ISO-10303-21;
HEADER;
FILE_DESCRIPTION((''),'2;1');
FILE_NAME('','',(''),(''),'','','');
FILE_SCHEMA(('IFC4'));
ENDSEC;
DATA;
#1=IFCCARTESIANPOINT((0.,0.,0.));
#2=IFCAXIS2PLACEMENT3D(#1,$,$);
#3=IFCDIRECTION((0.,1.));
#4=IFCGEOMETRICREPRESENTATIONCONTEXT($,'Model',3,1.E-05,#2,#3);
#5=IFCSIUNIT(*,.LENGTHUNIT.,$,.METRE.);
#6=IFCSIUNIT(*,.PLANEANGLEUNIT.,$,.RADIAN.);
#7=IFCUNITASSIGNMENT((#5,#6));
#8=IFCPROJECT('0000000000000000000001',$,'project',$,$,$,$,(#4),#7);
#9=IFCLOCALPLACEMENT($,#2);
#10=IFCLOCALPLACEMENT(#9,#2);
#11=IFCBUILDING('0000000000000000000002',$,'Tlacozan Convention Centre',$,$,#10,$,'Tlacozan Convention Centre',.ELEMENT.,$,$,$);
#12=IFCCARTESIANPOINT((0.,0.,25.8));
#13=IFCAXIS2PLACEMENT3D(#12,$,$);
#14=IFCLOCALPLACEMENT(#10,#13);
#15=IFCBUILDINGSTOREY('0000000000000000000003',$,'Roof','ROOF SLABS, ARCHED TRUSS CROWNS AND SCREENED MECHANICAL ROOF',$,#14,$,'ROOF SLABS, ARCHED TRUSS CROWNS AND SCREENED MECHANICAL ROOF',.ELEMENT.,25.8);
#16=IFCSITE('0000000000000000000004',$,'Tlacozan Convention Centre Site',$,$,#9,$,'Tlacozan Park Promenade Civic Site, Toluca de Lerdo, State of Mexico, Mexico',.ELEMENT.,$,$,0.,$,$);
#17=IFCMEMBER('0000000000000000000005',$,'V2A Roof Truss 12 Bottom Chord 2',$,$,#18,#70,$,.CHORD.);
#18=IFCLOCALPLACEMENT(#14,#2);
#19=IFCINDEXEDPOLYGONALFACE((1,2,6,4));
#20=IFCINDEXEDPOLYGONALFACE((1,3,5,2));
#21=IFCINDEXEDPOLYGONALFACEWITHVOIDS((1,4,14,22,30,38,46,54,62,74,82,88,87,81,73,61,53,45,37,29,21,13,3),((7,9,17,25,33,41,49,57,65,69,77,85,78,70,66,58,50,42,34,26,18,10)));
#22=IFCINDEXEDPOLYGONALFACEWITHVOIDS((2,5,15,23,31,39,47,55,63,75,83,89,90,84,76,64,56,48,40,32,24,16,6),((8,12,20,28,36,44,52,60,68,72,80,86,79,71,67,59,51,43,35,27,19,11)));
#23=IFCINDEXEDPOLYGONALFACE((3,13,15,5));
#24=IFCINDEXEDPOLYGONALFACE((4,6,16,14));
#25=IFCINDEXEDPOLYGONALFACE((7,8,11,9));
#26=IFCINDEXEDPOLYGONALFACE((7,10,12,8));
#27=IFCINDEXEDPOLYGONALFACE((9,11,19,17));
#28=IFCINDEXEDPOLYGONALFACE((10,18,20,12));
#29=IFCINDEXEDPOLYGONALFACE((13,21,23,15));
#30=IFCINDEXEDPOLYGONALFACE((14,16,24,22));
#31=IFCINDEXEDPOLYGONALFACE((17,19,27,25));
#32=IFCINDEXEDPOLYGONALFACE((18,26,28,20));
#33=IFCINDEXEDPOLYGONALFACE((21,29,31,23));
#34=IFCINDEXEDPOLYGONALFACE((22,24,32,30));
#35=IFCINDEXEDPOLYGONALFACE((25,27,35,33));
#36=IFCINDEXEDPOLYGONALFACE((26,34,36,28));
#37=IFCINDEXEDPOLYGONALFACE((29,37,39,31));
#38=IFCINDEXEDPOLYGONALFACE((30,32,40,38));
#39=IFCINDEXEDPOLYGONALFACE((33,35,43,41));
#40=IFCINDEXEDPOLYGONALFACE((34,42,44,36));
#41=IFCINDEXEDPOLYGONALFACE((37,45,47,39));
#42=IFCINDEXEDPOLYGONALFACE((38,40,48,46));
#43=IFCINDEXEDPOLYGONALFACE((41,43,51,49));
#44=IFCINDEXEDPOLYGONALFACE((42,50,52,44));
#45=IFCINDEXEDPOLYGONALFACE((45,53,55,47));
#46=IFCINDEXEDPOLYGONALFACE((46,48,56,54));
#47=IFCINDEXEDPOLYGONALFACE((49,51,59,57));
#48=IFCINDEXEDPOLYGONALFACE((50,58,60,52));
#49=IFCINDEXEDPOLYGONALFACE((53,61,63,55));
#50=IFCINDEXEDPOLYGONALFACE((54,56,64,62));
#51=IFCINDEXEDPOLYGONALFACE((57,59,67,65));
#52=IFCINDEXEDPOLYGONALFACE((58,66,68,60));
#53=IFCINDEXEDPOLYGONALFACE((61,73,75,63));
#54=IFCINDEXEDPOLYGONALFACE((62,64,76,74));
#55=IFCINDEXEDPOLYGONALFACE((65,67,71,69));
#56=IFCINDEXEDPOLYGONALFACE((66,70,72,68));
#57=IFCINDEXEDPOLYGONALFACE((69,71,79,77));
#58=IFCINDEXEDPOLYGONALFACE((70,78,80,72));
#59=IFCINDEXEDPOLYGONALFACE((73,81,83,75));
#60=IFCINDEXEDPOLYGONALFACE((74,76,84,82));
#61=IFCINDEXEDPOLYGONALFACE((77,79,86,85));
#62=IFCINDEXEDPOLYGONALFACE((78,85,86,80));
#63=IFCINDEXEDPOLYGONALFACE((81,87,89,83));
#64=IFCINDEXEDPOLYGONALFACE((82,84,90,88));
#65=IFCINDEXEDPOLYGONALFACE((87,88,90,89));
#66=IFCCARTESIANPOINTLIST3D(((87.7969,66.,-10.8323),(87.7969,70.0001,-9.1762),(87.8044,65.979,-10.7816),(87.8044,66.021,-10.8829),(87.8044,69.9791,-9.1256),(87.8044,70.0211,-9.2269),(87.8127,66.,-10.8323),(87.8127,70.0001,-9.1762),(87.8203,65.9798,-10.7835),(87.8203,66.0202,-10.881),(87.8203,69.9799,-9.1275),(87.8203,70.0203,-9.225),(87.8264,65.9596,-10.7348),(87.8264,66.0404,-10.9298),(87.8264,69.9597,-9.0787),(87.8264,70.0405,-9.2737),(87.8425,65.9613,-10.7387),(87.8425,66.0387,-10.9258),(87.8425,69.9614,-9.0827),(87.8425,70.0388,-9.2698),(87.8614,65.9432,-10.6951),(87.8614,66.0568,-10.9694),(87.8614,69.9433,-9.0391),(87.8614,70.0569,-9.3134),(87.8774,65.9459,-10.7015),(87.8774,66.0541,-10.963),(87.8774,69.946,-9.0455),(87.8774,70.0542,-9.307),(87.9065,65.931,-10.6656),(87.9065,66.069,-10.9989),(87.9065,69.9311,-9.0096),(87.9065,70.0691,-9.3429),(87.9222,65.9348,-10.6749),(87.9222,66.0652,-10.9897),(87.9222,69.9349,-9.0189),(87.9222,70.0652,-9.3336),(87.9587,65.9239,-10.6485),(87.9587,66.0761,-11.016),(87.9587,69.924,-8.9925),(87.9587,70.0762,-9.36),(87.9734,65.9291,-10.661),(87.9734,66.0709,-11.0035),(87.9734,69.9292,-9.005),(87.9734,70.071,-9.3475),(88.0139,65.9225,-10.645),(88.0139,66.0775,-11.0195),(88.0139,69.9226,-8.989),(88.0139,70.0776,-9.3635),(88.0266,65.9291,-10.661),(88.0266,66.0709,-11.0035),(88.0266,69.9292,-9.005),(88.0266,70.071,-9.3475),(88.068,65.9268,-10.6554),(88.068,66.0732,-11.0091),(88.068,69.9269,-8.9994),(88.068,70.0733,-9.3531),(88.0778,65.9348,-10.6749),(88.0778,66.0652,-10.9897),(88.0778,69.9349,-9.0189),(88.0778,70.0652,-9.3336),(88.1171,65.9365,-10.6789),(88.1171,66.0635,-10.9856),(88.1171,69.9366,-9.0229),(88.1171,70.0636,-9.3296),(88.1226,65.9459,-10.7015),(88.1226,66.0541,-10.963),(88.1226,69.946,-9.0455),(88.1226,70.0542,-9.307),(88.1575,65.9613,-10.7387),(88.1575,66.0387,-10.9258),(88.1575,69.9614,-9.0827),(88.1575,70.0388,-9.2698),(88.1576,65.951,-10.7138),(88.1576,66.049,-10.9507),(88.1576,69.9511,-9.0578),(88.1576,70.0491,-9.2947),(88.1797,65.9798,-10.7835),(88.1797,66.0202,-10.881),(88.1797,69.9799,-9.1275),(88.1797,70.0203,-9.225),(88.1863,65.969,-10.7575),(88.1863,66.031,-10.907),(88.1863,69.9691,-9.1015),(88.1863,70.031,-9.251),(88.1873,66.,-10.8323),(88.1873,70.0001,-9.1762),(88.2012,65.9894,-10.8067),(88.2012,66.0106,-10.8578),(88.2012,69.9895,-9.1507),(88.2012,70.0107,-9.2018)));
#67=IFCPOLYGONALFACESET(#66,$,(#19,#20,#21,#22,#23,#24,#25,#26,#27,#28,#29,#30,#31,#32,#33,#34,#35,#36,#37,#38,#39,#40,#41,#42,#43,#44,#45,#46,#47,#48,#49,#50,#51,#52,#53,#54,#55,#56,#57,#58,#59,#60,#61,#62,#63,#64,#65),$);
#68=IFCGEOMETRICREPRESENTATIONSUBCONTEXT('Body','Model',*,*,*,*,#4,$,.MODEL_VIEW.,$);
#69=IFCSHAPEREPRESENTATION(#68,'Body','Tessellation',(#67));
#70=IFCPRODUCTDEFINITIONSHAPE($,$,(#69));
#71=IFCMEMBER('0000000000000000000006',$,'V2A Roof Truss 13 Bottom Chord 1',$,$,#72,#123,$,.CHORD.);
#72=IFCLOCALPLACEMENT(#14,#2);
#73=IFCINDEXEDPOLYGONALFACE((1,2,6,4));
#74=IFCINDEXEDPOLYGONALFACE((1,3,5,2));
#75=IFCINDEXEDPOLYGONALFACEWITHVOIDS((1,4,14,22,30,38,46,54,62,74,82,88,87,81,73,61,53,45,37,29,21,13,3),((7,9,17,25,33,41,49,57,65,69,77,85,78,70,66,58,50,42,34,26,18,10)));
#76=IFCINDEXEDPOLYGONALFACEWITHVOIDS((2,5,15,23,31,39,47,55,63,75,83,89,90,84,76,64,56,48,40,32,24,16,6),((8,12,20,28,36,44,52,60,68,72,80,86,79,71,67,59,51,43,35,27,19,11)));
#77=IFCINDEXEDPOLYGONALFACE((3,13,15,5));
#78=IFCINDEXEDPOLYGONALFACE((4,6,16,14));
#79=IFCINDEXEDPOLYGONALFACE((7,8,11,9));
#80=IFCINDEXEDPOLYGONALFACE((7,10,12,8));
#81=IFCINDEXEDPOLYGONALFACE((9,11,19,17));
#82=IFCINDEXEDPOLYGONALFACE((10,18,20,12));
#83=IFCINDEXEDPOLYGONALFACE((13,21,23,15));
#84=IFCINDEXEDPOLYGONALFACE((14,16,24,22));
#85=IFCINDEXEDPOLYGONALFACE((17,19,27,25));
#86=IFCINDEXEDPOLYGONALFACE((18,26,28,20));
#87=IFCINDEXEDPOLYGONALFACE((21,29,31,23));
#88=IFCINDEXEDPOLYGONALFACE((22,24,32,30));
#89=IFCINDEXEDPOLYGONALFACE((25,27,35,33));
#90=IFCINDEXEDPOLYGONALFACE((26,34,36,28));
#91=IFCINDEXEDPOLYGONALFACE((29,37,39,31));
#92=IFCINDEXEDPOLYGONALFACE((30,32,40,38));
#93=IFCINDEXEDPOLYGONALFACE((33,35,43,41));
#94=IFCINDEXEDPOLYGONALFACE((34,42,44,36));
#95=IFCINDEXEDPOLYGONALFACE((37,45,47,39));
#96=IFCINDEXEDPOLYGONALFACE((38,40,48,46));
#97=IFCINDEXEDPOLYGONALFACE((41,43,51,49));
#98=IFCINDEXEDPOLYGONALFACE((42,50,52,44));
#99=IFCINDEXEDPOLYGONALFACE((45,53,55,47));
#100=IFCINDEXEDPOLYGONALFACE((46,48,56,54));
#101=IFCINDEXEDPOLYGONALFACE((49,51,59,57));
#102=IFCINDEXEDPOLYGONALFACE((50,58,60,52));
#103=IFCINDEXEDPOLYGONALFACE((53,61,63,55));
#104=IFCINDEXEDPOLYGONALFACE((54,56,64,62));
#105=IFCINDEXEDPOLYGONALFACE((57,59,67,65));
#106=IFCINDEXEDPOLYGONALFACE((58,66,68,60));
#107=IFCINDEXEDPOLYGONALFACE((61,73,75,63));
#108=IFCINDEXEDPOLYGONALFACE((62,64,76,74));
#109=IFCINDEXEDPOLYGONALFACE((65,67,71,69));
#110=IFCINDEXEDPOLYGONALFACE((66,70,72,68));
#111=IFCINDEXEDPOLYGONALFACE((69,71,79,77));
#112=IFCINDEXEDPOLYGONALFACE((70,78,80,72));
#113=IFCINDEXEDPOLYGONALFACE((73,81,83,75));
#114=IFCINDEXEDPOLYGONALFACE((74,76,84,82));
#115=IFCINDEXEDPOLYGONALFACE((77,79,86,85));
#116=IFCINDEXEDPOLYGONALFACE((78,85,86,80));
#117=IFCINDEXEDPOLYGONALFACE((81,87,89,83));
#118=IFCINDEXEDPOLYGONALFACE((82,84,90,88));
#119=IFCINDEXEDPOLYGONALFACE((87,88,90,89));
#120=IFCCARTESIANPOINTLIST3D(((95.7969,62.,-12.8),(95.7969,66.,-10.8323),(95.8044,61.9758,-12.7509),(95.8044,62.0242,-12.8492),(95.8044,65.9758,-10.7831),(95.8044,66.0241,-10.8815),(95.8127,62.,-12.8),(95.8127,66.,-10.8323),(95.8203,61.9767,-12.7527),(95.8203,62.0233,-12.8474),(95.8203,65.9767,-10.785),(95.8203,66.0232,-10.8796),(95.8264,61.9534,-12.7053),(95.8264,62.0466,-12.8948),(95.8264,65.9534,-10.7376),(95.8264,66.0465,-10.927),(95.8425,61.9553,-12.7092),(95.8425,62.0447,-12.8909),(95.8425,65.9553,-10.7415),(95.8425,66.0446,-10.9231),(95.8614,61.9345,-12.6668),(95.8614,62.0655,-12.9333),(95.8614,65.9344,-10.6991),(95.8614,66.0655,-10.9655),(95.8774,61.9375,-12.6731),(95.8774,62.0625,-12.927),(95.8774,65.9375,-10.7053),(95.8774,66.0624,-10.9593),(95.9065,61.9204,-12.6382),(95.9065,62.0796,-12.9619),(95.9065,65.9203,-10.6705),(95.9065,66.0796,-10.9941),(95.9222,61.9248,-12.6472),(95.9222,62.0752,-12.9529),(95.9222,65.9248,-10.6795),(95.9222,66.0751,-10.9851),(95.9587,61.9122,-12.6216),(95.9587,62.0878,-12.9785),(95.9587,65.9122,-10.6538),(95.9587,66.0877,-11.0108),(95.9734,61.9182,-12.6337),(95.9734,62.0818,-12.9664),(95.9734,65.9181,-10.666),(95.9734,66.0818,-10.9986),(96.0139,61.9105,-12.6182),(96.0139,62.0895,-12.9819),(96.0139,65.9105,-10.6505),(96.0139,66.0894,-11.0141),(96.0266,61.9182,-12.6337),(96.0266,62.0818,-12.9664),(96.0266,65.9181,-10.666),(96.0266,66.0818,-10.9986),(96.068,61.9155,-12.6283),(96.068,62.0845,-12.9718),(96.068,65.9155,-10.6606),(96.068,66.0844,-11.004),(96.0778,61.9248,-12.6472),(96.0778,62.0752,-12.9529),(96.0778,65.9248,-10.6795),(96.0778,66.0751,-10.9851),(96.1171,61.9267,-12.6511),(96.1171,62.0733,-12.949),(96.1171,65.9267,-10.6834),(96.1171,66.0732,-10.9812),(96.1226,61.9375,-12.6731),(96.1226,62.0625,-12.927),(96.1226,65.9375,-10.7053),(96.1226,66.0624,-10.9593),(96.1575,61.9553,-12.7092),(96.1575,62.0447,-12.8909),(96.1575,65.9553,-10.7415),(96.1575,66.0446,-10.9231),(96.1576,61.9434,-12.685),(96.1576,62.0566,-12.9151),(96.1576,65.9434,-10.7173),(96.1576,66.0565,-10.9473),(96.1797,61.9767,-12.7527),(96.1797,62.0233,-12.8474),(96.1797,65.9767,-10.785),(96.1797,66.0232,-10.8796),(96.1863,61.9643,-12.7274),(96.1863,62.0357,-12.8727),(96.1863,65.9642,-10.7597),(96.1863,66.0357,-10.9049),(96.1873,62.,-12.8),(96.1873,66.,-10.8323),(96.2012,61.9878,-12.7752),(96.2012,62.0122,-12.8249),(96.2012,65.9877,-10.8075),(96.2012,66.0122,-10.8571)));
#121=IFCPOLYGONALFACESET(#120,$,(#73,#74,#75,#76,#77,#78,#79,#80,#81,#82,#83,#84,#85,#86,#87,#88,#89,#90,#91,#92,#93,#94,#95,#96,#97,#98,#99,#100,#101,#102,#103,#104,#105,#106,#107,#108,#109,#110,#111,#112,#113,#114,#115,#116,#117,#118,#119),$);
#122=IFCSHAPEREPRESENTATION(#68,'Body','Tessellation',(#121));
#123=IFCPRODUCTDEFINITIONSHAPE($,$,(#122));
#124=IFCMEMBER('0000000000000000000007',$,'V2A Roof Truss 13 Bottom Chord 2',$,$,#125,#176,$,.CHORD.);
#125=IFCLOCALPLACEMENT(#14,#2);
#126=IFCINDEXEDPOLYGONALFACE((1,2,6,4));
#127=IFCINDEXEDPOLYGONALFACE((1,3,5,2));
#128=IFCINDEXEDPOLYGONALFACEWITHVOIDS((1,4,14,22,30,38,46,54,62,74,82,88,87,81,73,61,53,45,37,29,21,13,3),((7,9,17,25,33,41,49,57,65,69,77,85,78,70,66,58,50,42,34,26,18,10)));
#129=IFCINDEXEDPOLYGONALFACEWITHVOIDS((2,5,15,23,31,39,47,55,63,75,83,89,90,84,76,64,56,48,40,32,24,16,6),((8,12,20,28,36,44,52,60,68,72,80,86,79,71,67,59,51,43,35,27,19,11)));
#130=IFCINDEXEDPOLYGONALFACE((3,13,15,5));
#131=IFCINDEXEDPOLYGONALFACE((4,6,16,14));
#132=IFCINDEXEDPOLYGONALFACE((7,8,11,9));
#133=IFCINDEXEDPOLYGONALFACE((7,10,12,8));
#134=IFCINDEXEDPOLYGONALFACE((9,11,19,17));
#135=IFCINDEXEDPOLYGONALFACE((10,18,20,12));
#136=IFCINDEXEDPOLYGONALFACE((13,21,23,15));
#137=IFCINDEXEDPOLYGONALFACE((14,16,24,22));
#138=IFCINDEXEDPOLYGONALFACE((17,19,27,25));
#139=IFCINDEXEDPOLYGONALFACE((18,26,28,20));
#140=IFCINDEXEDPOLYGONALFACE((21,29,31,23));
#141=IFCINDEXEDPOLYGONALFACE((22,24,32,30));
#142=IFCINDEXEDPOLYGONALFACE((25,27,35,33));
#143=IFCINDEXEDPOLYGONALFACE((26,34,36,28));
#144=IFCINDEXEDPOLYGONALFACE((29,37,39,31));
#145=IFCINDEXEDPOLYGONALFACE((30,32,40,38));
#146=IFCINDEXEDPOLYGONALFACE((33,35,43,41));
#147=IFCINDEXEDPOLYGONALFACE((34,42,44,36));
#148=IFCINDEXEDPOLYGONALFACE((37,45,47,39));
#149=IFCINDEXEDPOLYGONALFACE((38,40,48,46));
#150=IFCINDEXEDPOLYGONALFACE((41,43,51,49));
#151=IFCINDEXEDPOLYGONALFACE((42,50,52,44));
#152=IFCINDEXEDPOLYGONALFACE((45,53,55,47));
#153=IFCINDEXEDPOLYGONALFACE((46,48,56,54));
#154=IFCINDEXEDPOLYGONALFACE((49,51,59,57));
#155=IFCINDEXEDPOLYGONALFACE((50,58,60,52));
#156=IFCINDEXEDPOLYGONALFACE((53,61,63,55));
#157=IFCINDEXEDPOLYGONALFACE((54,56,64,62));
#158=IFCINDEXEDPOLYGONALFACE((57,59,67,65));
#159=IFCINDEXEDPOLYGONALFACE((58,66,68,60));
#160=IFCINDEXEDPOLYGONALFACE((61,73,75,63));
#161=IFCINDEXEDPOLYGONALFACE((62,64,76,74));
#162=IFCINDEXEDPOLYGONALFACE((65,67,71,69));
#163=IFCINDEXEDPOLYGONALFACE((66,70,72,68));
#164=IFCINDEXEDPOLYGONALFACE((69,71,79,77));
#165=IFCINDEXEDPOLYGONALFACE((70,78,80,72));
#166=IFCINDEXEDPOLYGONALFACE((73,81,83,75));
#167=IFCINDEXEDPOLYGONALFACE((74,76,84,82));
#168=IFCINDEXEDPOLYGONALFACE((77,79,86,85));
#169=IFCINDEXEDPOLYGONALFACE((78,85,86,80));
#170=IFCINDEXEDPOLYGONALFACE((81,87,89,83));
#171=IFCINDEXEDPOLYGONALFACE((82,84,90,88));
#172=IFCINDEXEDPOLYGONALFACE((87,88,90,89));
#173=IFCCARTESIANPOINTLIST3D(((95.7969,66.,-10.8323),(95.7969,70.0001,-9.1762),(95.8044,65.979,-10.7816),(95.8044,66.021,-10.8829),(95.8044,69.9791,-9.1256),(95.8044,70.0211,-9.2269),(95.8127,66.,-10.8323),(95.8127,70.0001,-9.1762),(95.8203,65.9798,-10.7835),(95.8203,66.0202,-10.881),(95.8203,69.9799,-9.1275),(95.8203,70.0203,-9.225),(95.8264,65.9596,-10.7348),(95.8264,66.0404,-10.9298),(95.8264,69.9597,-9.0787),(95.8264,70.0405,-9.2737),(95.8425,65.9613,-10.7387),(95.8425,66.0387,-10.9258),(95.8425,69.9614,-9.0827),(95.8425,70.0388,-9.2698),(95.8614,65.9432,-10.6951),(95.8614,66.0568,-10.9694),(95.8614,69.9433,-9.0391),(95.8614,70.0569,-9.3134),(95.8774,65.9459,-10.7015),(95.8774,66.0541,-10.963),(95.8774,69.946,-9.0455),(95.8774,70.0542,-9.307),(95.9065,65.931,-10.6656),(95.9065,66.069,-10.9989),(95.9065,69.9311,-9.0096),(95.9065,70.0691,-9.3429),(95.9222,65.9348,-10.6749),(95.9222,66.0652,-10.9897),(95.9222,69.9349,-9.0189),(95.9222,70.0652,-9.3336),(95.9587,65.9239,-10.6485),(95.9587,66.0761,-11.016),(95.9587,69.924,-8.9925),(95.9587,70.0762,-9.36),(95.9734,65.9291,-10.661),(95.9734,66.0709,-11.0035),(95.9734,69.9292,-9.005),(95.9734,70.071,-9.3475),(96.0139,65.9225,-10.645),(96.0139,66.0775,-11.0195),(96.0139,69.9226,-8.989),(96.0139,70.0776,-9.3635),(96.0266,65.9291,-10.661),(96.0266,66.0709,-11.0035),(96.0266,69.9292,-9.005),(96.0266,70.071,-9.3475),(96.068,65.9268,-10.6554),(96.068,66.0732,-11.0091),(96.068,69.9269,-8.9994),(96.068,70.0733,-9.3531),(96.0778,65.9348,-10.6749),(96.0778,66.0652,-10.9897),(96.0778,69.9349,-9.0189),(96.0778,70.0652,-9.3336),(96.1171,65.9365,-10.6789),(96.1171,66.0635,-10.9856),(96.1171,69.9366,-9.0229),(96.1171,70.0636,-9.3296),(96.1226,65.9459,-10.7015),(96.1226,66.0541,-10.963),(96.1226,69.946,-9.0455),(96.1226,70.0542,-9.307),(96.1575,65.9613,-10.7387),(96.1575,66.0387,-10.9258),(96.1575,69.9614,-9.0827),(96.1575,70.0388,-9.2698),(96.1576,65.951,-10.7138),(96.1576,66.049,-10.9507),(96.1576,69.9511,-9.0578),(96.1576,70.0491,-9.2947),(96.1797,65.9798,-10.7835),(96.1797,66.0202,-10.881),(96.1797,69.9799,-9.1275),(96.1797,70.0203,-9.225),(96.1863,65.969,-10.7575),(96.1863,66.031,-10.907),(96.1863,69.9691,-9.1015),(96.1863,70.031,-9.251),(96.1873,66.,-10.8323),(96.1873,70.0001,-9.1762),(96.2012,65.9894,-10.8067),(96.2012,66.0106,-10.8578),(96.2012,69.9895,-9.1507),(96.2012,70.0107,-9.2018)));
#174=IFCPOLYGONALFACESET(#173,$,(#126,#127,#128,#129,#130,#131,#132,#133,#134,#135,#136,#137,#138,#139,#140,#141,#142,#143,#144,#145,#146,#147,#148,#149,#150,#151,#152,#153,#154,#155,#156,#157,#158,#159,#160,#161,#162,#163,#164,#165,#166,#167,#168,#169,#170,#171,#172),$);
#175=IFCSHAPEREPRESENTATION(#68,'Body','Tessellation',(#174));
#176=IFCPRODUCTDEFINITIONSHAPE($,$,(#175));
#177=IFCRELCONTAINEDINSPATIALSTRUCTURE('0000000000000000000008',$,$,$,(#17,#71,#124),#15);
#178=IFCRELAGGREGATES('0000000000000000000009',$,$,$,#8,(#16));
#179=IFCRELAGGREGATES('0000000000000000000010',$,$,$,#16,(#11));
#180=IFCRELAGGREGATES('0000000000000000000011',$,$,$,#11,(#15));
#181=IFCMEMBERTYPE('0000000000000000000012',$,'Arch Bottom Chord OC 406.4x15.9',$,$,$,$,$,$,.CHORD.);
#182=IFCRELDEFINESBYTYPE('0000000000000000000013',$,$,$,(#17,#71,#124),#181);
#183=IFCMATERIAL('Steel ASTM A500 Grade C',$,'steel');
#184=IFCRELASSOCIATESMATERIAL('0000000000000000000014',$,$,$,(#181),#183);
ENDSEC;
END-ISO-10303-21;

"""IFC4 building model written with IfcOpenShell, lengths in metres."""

from ifc_helpers import new_model, si_unit, direction, frame, origin, origin_2d, place, context, subcontext, project, spatial, hollow_circle, extrude, material, material_profile, profile_set, type_object, element, save


model = new_model("IFC4")

# Units and contexts
model_context = context("Model", 3, precision=1e-05, world=origin(), true_north=direction((0.0, 1.0)))
body_context = subcontext(model_context, "Body", "Model", "MODEL_VIEW")
ifc_project = project(units=[si_unit("LENGTHUNIT", "METRE"), si_unit("PLANEANGLEUNIT", "RADIAN")], contexts=[model_context])

# Site, building, storey
site_placement = place(None, origin())
site = spatial("IfcSite", under=ifc_project, at=site_placement, Name="Tlacozan Convention Centre Site", LongName="Tlacozan Park Promenade Civic Site, Toluca de Lerdo, State of Mexico, Mexico", CompositionType="ELEMENT", RefElevation=0.0)
building_placement = place(site_placement, origin())
building = spatial("IfcBuilding", under=site, at=building_placement, Name="Tlacozan Convention Centre", LongName="Tlacozan Convention Centre", CompositionType="ELEMENT")
storey_placement = place(building_placement, frame((0.0, 0.0, 25.8)))
storey = spatial("IfcBuildingStorey", under=building, at=storey_placement, Name="Roof", Description="ROOF SLABS, ARCHED TRUSS CROWNS AND SCREENED MECHANICAL ROOF", LongName="ROOF SLABS, ARCHED TRUSS CROWNS AND SCREENED MECHANICAL ROOF", CompositionType="ELEMENT", Elevation=25.8)

# Members
ifc_material_1 = material(Name="Steel ASTM A500 Grade C", Category="steel")
ifc_material_profile_1 = material_profile(ifc_material_1, hollow_circle(Radius=0.2031, WallThickness=0.0159, at=origin_2d()), Name="OC 406.4x15.9")
ifc_profile_set_1 = profile_set([ifc_material_profile_1], Name="Steel ASTM A500 Grade C")
member_type_1 = type_object("IfcMemberType", Name="Arch Bottom Chord OC 406.4x15.9", PredefinedType="CHORD", material=ifc_profile_set_1)
member_1_placement = place(storey_placement, frame((88.0, 66.0, -10.8323), z_axis=(0.0, 0.923949, 0.382516), x_axis=(-1.0, 0.0, 0.0)))
element("IfcMember", 1, at=member_1_placement, inside=storey, type_object=member_type_1, Name="V2A Roof Truss 12 Bottom Chord 2", PredefinedType="CHORD", context=body_context, shape_type="SweptSolid", body=[
    extrude(hollow_circle(Radius=0.2031, WallThickness=0.0159, at=origin_2d()), origin(), (0.0, 0.0, 1.0), 4.3293),
])
member_2_placement = place(storey_placement, frame((96.0, 62.0, -12.8), z_axis=(0.0, 0.8973, 0.441421), x_axis=(-1.0, 0.0, 0.0)))
element("IfcMember", 2, at=member_2_placement, inside=storey, type_object=member_type_1, Name="V2A Roof Truss 13 Bottom Chord 1", PredefinedType="CHORD", context=body_context, shape_type="SweptSolid", body=[
    extrude(hollow_circle(Radius=0.2031, WallThickness=0.0159, at=origin_2d()), origin(), (0.0, 0.0, 1.0), 4.4578),
])
member_3_placement = place(storey_placement, frame((96.0, 66.0, -10.8323), z_axis=(0.0, 0.923949, 0.382516), x_axis=(-1.0, 0.0, 0.0)))
element("IfcMember", 3, at=member_3_placement, inside=storey, type_object=member_type_1, Name="V2A Roof Truss 13 Bottom Chord 2", PredefinedType="CHORD", context=body_context, shape_type="SweptSolid", body=[
    extrude(hollow_circle(Radius=0.2031, WallThickness=0.0159, at=origin_2d()), origin(), (0.0, 0.0, 1.0), 4.3293),
])

save(model, "model.ifc")
